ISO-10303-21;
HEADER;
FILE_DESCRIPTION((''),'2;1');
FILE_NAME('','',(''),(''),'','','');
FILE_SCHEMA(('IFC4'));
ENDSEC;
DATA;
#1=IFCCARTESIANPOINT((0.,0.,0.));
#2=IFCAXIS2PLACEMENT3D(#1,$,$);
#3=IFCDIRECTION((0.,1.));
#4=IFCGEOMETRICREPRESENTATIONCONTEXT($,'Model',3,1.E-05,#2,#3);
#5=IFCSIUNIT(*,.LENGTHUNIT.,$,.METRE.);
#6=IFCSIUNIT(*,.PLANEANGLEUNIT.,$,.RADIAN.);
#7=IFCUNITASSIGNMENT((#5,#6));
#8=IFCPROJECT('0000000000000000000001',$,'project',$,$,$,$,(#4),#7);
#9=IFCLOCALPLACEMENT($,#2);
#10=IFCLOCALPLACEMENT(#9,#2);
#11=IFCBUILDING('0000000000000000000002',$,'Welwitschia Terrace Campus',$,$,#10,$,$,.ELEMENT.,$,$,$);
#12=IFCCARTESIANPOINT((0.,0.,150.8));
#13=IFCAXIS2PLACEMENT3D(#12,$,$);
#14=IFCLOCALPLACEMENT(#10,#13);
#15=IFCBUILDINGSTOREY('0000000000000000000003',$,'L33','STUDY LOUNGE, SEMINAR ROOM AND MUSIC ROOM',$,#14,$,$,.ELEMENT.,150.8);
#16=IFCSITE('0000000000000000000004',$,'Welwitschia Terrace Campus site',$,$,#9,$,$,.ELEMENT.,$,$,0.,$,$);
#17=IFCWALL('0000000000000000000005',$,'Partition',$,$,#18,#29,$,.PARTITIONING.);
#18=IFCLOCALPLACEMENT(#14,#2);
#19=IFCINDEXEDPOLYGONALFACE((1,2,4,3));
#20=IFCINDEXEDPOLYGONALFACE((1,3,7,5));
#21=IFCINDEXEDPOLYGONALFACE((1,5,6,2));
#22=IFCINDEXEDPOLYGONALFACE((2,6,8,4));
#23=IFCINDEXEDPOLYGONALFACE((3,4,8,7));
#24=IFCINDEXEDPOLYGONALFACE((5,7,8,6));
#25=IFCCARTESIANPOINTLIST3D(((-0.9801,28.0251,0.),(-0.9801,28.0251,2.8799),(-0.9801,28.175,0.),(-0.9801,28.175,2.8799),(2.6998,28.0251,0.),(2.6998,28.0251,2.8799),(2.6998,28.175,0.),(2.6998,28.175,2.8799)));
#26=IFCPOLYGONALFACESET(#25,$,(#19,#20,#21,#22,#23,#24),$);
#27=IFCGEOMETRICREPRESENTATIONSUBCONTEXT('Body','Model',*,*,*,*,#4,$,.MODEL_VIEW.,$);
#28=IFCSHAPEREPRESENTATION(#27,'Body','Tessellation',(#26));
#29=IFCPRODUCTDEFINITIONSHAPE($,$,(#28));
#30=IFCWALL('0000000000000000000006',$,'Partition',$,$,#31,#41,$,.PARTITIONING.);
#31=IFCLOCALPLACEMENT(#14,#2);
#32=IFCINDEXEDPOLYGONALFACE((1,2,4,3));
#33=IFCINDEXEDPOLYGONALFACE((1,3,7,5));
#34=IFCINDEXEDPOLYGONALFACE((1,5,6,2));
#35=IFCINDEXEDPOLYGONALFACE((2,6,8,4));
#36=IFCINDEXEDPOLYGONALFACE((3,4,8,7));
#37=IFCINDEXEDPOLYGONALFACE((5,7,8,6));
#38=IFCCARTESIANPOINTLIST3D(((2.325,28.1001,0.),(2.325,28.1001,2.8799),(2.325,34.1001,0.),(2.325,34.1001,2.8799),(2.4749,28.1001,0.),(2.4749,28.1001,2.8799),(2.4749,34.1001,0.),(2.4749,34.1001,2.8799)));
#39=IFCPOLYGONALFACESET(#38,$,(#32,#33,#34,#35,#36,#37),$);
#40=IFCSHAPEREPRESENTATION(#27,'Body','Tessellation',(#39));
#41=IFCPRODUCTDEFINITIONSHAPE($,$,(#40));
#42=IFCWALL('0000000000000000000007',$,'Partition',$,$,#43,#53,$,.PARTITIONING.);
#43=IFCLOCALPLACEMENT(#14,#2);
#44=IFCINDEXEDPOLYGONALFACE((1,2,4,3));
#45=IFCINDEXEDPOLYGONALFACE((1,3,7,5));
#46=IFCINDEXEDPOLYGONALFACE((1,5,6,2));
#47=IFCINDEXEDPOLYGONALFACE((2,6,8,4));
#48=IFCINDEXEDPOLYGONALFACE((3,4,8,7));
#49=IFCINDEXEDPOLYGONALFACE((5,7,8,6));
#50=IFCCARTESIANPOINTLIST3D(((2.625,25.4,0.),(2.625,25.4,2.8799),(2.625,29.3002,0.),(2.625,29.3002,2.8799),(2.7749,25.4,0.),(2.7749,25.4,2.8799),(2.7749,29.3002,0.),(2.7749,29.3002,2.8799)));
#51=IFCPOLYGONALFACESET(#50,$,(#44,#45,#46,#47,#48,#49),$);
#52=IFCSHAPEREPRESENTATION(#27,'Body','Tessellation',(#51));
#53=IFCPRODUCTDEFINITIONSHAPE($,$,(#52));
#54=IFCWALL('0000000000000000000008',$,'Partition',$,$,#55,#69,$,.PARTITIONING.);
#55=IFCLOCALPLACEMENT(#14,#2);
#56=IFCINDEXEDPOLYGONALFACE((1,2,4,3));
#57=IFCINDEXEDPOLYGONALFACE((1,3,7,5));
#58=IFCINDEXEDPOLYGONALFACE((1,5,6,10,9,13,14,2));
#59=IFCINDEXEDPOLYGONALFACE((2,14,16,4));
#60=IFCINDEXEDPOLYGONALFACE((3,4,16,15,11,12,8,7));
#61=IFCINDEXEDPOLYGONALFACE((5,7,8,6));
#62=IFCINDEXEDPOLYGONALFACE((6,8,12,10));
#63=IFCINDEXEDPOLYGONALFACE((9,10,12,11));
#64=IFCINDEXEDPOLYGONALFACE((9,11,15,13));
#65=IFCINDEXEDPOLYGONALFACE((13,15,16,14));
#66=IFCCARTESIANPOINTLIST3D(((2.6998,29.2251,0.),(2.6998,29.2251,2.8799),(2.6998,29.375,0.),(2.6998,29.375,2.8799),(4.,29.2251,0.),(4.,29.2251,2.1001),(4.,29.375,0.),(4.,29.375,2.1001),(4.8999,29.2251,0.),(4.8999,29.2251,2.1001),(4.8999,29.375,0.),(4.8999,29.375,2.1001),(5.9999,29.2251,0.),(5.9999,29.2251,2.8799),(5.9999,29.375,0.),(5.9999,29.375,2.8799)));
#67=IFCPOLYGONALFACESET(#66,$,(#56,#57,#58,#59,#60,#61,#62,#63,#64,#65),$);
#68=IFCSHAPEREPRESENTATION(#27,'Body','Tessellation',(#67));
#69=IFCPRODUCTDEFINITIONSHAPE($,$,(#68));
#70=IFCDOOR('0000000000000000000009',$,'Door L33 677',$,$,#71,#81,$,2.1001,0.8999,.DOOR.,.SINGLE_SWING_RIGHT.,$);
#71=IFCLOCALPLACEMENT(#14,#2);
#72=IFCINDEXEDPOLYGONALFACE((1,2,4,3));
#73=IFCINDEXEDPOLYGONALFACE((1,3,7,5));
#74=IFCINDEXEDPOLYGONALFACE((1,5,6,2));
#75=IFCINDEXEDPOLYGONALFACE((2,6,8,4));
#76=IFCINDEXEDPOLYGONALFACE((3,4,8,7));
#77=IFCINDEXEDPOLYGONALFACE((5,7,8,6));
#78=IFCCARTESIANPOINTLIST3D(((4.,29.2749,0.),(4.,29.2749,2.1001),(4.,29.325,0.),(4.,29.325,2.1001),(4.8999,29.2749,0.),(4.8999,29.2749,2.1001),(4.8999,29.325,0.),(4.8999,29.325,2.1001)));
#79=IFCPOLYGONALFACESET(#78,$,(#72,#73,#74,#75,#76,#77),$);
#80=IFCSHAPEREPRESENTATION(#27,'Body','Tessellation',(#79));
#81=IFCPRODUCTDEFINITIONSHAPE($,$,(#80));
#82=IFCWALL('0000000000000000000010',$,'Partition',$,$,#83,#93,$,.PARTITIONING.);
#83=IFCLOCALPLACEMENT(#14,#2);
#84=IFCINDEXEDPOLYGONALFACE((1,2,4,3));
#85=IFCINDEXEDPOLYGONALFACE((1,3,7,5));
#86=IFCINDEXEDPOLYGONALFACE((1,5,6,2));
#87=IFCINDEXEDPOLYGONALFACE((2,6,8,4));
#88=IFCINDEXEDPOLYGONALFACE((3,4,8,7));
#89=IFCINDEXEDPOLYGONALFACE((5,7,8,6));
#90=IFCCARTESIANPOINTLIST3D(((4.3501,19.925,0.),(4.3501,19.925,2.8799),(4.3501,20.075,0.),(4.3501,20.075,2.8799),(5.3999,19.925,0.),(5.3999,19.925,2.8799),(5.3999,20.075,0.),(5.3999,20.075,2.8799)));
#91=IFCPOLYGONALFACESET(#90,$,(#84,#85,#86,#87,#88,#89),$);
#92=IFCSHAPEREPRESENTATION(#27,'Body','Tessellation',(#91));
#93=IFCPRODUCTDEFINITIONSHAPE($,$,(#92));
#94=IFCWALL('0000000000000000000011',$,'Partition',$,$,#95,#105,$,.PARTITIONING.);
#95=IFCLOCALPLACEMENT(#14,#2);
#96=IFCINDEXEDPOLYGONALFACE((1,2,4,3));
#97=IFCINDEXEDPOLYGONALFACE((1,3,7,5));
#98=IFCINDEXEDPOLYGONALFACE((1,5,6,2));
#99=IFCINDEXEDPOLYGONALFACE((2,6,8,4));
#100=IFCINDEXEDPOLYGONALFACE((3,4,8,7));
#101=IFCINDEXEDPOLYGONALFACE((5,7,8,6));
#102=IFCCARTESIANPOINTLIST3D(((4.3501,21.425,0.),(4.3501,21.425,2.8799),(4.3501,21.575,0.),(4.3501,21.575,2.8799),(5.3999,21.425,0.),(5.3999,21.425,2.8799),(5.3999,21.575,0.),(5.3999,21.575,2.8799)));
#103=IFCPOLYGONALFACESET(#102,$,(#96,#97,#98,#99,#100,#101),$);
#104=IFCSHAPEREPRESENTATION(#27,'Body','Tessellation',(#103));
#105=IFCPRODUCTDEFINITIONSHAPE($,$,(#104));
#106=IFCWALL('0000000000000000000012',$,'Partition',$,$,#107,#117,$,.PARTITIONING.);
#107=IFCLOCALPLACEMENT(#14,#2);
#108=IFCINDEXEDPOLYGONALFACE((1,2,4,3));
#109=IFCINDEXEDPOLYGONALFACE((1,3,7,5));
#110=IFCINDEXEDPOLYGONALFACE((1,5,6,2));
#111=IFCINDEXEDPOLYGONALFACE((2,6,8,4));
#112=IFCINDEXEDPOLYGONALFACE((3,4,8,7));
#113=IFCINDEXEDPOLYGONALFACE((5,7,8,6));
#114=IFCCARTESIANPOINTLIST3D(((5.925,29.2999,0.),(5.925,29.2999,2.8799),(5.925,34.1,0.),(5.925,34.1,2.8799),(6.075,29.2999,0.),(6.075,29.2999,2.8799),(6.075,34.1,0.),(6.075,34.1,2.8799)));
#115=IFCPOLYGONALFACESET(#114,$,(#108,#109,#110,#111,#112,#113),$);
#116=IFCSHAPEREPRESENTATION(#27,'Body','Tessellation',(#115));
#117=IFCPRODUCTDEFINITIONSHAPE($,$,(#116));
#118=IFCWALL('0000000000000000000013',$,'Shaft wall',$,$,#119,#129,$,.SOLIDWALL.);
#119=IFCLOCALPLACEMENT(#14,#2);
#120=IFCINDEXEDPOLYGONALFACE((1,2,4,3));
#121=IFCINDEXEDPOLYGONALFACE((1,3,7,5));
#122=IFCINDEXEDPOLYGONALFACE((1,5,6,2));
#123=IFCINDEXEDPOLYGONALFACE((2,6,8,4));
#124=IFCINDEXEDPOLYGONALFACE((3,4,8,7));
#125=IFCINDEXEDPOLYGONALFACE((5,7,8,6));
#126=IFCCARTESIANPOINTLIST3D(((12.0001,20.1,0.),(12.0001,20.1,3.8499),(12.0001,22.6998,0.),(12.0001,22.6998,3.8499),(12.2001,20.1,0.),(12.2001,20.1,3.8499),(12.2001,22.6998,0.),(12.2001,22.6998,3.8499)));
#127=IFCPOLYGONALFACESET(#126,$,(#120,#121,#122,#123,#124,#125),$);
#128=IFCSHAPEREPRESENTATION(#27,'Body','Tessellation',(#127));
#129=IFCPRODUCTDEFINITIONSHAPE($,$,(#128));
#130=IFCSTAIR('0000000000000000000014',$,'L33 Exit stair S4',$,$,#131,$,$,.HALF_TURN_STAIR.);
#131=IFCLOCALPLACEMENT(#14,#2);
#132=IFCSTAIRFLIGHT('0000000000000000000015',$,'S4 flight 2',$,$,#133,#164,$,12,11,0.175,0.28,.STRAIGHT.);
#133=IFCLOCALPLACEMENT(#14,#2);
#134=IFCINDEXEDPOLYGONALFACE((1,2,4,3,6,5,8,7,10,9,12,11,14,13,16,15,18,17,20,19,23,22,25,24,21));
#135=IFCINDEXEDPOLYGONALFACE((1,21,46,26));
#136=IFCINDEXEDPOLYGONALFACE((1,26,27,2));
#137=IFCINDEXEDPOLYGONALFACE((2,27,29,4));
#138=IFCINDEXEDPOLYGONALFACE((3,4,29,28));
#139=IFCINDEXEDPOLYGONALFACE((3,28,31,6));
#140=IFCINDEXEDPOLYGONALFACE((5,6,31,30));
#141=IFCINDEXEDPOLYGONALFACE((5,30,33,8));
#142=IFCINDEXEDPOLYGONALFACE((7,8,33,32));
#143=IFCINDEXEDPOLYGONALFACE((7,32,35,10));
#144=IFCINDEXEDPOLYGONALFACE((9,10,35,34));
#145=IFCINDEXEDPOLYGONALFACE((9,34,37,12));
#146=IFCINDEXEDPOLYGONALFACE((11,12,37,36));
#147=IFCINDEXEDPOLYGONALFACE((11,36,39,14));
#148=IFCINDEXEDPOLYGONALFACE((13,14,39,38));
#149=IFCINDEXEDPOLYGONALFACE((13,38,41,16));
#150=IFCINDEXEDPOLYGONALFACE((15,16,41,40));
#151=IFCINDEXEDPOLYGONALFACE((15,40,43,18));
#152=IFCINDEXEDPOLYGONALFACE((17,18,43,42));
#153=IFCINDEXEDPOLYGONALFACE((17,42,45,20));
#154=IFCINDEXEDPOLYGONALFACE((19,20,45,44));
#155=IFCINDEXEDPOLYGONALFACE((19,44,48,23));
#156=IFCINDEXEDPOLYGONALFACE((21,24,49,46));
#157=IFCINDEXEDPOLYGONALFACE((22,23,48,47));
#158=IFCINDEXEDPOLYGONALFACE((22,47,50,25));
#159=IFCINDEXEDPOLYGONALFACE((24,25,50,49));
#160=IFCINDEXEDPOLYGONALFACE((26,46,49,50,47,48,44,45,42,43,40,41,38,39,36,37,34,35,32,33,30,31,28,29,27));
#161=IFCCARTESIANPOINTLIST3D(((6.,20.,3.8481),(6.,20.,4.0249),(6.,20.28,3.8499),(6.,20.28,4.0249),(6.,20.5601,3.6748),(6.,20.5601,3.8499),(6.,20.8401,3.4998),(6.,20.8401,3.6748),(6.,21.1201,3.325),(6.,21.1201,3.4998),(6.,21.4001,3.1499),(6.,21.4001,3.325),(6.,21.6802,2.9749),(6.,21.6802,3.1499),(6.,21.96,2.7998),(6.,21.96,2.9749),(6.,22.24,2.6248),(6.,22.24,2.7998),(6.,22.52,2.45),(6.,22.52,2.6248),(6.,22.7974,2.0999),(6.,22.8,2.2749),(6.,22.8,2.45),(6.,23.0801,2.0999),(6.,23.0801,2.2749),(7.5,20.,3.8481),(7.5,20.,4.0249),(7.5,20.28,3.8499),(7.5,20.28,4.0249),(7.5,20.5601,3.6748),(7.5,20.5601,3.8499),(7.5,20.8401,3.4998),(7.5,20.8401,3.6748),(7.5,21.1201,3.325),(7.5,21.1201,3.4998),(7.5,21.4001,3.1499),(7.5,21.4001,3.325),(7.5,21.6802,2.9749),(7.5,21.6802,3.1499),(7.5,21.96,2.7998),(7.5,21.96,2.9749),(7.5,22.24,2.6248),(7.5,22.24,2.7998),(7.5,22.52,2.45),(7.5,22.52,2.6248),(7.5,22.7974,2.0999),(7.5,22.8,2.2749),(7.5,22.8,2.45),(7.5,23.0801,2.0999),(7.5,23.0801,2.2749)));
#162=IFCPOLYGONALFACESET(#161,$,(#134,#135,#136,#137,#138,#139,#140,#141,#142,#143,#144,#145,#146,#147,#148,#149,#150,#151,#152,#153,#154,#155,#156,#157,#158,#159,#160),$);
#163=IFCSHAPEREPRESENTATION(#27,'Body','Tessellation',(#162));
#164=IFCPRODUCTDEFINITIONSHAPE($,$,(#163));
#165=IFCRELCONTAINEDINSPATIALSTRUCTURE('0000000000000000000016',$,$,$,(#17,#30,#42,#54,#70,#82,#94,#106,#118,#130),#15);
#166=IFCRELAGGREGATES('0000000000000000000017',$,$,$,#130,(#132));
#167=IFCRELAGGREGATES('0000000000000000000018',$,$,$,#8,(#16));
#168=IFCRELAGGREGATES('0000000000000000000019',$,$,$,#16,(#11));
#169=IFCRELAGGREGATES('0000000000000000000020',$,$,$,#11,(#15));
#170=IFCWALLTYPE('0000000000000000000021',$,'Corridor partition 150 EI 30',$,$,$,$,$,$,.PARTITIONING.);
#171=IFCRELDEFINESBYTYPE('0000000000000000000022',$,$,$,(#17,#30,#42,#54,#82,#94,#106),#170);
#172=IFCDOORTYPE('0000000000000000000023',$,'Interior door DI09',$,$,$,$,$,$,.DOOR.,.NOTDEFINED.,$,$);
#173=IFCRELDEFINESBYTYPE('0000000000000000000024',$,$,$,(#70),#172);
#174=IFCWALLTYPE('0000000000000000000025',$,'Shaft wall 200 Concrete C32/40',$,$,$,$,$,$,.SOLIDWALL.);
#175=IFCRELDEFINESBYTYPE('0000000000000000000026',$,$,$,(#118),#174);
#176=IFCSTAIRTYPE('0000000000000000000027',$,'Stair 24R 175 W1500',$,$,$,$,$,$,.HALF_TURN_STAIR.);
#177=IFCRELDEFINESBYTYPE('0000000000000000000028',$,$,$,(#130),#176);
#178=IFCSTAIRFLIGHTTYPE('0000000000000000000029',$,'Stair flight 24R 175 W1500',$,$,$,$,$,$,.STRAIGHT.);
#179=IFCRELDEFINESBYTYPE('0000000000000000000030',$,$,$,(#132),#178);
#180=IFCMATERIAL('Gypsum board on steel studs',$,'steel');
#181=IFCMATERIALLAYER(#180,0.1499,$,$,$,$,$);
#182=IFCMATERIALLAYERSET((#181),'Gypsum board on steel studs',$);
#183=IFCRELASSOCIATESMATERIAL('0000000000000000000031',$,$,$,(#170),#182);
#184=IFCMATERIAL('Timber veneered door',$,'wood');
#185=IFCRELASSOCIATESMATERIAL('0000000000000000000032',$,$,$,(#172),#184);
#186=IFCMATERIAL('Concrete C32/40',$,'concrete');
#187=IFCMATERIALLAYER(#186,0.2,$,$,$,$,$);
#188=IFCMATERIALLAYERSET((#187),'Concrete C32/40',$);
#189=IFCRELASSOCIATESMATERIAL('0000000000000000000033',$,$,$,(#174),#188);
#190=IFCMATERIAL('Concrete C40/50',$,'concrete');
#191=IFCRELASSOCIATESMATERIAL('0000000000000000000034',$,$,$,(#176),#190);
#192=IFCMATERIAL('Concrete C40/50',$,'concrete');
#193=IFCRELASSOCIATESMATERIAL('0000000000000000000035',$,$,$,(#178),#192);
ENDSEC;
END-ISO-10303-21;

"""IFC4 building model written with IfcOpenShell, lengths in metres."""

from ifc_helpers import new_model, si_unit, direction, frame, frame_2d, origin, place, context, subcontext, project, spatial, polyline, rectangle, outline, extrude, material, layer, layer_set, type_object, element, fill, aggregate, save


model = new_model("IFC4")

# Units and contexts
model_context = context("Model", 3, precision=1e-05, world=origin(), true_north=direction((0.0, 1.0)))
body_context = subcontext(model_context, "Body", "Model", "MODEL_VIEW")
ifc_project = project(units=[si_unit("LENGTHUNIT", "METRE"), si_unit("PLANEANGLEUNIT", "RADIAN")], contexts=[model_context])

# Site, building, storey
site_placement = place(None, origin())
site = spatial("IfcSite", under=ifc_project, at=site_placement, Name="Welwitschia Terrace Campus site", CompositionType="ELEMENT", RefElevation=0.0)
building_placement = place(site_placement, origin())
building = spatial("IfcBuilding", under=site, at=building_placement, Name="Welwitschia Terrace Campus", CompositionType="ELEMENT")
storey_placement = place(building_placement, frame((0.0, 0.0, 150.8)))
storey = spatial("IfcBuildingStorey", under=building, at=storey_placement, Name="L33", Description="STUDY LOUNGE, SEMINAR ROOM AND MUSIC ROOM", CompositionType="ELEMENT", Elevation=150.8)

# Walls
ifc_material_1 = material(Name="Gypsum board on steel studs", Category="steel")
ifc_layer_1 = layer(ifc_material_1, 0.1499)
ifc_layer_set_1 = layer_set([ifc_layer_1], Name="Gypsum board on steel studs")
wall_type_1 = type_object("IfcWallType", Name="Corridor partition 150 EI 30", PredefinedType="PARTITIONING", material=ifc_layer_set_1)
wall_1_placement = place(storey_placement, frame((-0.98, 28.1001, 0.0), z_axis=(0.0, 0.0, 1.0), x_axis=(1.0, 0.0, 0.0)))
element("IfcWall", 1, at=wall_1_placement, inside=storey, type_object=wall_type_1, Name="Partition", PredefinedType="PARTITIONING", context=body_context, shape_type="SweptSolid", body=[
    extrude(rectangle(XDim=3.6799, YDim=0.1499, at=frame_2d((1.8398, 0.0))), origin(), (0.0, 0.0, 1.0), 2.8799),
])
wall_2_placement = place(storey_placement, frame((2.3999, 28.1001, 0.0), z_axis=(0.0, 0.0, 1.0), x_axis=(0.0, 1.0, 0.0)))
element("IfcWall", 2, at=wall_2_placement, inside=storey, type_object=wall_type_1, Name="Partition", PredefinedType="PARTITIONING", context=body_context, shape_type="SweptSolid", body=[
    extrude(rectangle(XDim=6.0, YDim=0.1499, at=frame_2d((3.0, 0.0))), origin(), (0.0, 0.0, 1.0), 2.8799),
])
wall_3_placement = place(storey_placement, frame((2.7, 25.3999, 0.0), z_axis=(0.0, 0.0, 1.0), x_axis=(0.0, 1.0, 0.0)))
element("IfcWall", 3, at=wall_3_placement, inside=storey, type_object=wall_type_1, Name="Partition", PredefinedType="PARTITIONING", context=body_context, shape_type="SweptSolid", body=[
    extrude(rectangle(XDim=3.9001, YDim=0.1499, at=frame_2d((1.9502, 0.0))), origin(), (0.0, 0.0, 1.0), 2.8799),
])

# Wall, opening, door
wall_4_placement = place(storey_placement, frame((2.7, 29.3, 0.0), z_axis=(0.0, 0.0, 1.0), x_axis=(1.0, 0.0, 0.0)))
wall_4 = element("IfcWall", 4, at=wall_4_placement, inside=storey, type_object=wall_type_1, Name="Partition", PredefinedType="PARTITIONING", context=body_context, shape_type="SweptSolid", body=[
    extrude(rectangle(XDim=3.3, YDim=0.1499, at=frame_2d((1.6499, 0.0))), origin(), (0.0, 0.0, 1.0), 2.8799),
])
opening_placement = place(wall_4_placement, frame((1.3, 0.0, 0.0)))
opening = element("IfcOpeningElement", 5, at=opening_placement, cuts=wall_4, PredefinedType="OPENING", context=body_context, shape_type="SweptSolid", body=[
    extrude(rectangle(XDim=0.8999, YDim=2.1001, at=frame_2d((0.45, 1.05))), frame((0.0, 0.085, 0.0), z_axis=(0.0, -1.0, 0.0), x_axis=(1.0, 0.0, 0.0)), (0.0, 0.0, 1.0), 0.1699),
])
ifc_material_2 = material(Name="Timber veneered door", Category="wood")
door_type = type_object("IfcDoorType", Name="Interior door DI09", OperationType="NOTDEFINED", PredefinedType="DOOR", material=ifc_material_2)
door_placement = place(opening_placement, origin())
door = element("IfcDoor", 6, at=door_placement, inside=storey, type_object=door_type, Name="Door L33 677", OperationType="SINGLE_SWING_RIGHT", OverallHeight=2.1001, OverallWidth=0.8999, PredefinedType="DOOR", context=body_context, shape_type="SweptSolid", body=[
    extrude(rectangle(XDim=0.8999, YDim=2.1001, at=frame_2d((0.45, 1.05))), frame((0.0, 0.0249, 0.0), z_axis=(0.0, -1.0, 0.0), x_axis=(1.0, 0.0, 0.0)), (0.0, 0.0, 1.0), 0.05),
])
fill(opening, door)

# Walls
for number, where, z_axis, x_axis, name in (
    (7, (4.3501, 20.0, 0.0), (0.0, 0.0, 1.0), (1.0, 0.0, 0.0), "Partition"),
    (8, (4.3501, 21.5, 0.0), (0.0, 0.0, 1.0), (1.0, 0.0, 0.0), "Partition"),
):
    element("IfcWall", number, at=place(storey_placement, frame(where, z_axis=z_axis, x_axis=x_axis)), inside=storey, type_object=wall_type_1, Name=name, PredefinedType="PARTITIONING", context=body_context, shape_type="SweptSolid", body=[
        extrude(rectangle(XDim=1.0498, YDim=0.1499, at=frame_2d((0.5249, 0.0))), origin(), (0.0, 0.0, 1.0), 2.8799),
    ])
wall_5_placement = place(storey_placement, frame((6.0, 29.3, 0.0), z_axis=(0.0, 0.0, 1.0), x_axis=(0.0, 1.0, 0.0)))
element("IfcWall", 9, at=wall_5_placement, inside=storey, type_object=wall_type_1, Name="Partition", PredefinedType="PARTITIONING", context=body_context, shape_type="SweptSolid", body=[
    extrude(rectangle(XDim=4.8, YDim=0.1499, at=frame_2d((2.3999, 0.0))), origin(), (0.0, 0.0, 1.0), 2.8799),
])
ifc_material_3 = material(Name="Concrete C32/40", Category="concrete")
ifc_layer_2 = layer(ifc_material_3, 0.2)
ifc_layer_set_2 = layer_set([ifc_layer_2], Name="Concrete C32/40")
wall_type_2 = type_object("IfcWallType", Name="Shaft wall 200 Concrete C32/40", PredefinedType="SOLIDWALL", material=ifc_layer_set_2)
wall_6_placement = place(storey_placement, frame((12.1001, 20.1001, 0.0), z_axis=(0.0, 0.0, 1.0), x_axis=(0.0, 1.0, 0.0)))
element("IfcWall", 10, at=wall_6_placement, inside=storey, type_object=wall_type_2, Name="Shaft wall", PredefinedType="SOLIDWALL", context=body_context, shape_type="SweptSolid", body=[
    extrude(rectangle(XDim=2.5999, YDim=0.2, at=frame_2d((1.2998, 0.0))), origin(), (0.0, 0.0, 1.0), 3.8499),
])

# Stair, stair flight
ifc_material_4 = material(Name="Concrete C40/50", Category="concrete")
stair_type = type_object("IfcStairType", Name="Stair 24R 175 W1500", PredefinedType="HALF_TURN_STAIR", material=ifc_material_4)
stair_placement = place(storey_placement, origin())
stair = element("IfcStair", 11, at=stair_placement, inside=storey, type_object=stair_type, Name="L33 Exit stair S4", PredefinedType="HALF_TURN_STAIR")
ifc_material_5 = material(Name="Concrete C40/50", Category="concrete")
stair_flight_type = type_object("IfcStairFlightType", Name="Stair flight 24R 175 W1500", PredefinedType="STRAIGHT", material=ifc_material_5)
stair_flight_placement = place(storey_placement, frame((6.75, 23.0801, 2.0999), z_axis=(0.0, 0.0, 1.0), x_axis=(0.0, -1.0, 0.0)))
stair_flight = element("IfcStairFlight", 12, at=stair_flight_placement, type_object=stair_flight_type, Name="S4 flight 2", NumberOfRisers=12, NumberOfTreads=11, PredefinedType="STRAIGHT", RiserHeight=0.175, TreadLength=0.28, context=body_context, shape_type="SweptSolid", body=[
    extrude(outline(polyline([(0.0, 0.0), (0.0, 0.175), (0.28, 0.175), (0.28, 0.3501), (0.5601, 0.3501), (0.5601, 0.5249), (0.8401, 0.5249), (0.8401, 0.7), (1.1201, 0.7), (1.1201, 0.875), (1.3999, 0.875), (1.3999, 1.05), (1.6799, 1.05), (1.6799, 1.2251), (1.96, 1.2251), (1.96, 1.3999), (2.24, 1.3999), (2.24, 1.575), (2.52, 1.575), (2.52, 1.75), (2.8, 1.75), (2.8, 1.925), (3.0801, 1.925), (3.0801, 2.1001), (3.0801, 1.7483), (0.2827, 0.0), (0.0, 0.0)])), frame((0.0, 0.75, 0.0), z_axis=(0.0, -1.0, 0.0), x_axis=(1.0, 0.0, 0.0)), (0.0, 0.0, 1.0), 1.5),
])
aggregate(stair, [stair_flight])

save(model, "model.ifc")
